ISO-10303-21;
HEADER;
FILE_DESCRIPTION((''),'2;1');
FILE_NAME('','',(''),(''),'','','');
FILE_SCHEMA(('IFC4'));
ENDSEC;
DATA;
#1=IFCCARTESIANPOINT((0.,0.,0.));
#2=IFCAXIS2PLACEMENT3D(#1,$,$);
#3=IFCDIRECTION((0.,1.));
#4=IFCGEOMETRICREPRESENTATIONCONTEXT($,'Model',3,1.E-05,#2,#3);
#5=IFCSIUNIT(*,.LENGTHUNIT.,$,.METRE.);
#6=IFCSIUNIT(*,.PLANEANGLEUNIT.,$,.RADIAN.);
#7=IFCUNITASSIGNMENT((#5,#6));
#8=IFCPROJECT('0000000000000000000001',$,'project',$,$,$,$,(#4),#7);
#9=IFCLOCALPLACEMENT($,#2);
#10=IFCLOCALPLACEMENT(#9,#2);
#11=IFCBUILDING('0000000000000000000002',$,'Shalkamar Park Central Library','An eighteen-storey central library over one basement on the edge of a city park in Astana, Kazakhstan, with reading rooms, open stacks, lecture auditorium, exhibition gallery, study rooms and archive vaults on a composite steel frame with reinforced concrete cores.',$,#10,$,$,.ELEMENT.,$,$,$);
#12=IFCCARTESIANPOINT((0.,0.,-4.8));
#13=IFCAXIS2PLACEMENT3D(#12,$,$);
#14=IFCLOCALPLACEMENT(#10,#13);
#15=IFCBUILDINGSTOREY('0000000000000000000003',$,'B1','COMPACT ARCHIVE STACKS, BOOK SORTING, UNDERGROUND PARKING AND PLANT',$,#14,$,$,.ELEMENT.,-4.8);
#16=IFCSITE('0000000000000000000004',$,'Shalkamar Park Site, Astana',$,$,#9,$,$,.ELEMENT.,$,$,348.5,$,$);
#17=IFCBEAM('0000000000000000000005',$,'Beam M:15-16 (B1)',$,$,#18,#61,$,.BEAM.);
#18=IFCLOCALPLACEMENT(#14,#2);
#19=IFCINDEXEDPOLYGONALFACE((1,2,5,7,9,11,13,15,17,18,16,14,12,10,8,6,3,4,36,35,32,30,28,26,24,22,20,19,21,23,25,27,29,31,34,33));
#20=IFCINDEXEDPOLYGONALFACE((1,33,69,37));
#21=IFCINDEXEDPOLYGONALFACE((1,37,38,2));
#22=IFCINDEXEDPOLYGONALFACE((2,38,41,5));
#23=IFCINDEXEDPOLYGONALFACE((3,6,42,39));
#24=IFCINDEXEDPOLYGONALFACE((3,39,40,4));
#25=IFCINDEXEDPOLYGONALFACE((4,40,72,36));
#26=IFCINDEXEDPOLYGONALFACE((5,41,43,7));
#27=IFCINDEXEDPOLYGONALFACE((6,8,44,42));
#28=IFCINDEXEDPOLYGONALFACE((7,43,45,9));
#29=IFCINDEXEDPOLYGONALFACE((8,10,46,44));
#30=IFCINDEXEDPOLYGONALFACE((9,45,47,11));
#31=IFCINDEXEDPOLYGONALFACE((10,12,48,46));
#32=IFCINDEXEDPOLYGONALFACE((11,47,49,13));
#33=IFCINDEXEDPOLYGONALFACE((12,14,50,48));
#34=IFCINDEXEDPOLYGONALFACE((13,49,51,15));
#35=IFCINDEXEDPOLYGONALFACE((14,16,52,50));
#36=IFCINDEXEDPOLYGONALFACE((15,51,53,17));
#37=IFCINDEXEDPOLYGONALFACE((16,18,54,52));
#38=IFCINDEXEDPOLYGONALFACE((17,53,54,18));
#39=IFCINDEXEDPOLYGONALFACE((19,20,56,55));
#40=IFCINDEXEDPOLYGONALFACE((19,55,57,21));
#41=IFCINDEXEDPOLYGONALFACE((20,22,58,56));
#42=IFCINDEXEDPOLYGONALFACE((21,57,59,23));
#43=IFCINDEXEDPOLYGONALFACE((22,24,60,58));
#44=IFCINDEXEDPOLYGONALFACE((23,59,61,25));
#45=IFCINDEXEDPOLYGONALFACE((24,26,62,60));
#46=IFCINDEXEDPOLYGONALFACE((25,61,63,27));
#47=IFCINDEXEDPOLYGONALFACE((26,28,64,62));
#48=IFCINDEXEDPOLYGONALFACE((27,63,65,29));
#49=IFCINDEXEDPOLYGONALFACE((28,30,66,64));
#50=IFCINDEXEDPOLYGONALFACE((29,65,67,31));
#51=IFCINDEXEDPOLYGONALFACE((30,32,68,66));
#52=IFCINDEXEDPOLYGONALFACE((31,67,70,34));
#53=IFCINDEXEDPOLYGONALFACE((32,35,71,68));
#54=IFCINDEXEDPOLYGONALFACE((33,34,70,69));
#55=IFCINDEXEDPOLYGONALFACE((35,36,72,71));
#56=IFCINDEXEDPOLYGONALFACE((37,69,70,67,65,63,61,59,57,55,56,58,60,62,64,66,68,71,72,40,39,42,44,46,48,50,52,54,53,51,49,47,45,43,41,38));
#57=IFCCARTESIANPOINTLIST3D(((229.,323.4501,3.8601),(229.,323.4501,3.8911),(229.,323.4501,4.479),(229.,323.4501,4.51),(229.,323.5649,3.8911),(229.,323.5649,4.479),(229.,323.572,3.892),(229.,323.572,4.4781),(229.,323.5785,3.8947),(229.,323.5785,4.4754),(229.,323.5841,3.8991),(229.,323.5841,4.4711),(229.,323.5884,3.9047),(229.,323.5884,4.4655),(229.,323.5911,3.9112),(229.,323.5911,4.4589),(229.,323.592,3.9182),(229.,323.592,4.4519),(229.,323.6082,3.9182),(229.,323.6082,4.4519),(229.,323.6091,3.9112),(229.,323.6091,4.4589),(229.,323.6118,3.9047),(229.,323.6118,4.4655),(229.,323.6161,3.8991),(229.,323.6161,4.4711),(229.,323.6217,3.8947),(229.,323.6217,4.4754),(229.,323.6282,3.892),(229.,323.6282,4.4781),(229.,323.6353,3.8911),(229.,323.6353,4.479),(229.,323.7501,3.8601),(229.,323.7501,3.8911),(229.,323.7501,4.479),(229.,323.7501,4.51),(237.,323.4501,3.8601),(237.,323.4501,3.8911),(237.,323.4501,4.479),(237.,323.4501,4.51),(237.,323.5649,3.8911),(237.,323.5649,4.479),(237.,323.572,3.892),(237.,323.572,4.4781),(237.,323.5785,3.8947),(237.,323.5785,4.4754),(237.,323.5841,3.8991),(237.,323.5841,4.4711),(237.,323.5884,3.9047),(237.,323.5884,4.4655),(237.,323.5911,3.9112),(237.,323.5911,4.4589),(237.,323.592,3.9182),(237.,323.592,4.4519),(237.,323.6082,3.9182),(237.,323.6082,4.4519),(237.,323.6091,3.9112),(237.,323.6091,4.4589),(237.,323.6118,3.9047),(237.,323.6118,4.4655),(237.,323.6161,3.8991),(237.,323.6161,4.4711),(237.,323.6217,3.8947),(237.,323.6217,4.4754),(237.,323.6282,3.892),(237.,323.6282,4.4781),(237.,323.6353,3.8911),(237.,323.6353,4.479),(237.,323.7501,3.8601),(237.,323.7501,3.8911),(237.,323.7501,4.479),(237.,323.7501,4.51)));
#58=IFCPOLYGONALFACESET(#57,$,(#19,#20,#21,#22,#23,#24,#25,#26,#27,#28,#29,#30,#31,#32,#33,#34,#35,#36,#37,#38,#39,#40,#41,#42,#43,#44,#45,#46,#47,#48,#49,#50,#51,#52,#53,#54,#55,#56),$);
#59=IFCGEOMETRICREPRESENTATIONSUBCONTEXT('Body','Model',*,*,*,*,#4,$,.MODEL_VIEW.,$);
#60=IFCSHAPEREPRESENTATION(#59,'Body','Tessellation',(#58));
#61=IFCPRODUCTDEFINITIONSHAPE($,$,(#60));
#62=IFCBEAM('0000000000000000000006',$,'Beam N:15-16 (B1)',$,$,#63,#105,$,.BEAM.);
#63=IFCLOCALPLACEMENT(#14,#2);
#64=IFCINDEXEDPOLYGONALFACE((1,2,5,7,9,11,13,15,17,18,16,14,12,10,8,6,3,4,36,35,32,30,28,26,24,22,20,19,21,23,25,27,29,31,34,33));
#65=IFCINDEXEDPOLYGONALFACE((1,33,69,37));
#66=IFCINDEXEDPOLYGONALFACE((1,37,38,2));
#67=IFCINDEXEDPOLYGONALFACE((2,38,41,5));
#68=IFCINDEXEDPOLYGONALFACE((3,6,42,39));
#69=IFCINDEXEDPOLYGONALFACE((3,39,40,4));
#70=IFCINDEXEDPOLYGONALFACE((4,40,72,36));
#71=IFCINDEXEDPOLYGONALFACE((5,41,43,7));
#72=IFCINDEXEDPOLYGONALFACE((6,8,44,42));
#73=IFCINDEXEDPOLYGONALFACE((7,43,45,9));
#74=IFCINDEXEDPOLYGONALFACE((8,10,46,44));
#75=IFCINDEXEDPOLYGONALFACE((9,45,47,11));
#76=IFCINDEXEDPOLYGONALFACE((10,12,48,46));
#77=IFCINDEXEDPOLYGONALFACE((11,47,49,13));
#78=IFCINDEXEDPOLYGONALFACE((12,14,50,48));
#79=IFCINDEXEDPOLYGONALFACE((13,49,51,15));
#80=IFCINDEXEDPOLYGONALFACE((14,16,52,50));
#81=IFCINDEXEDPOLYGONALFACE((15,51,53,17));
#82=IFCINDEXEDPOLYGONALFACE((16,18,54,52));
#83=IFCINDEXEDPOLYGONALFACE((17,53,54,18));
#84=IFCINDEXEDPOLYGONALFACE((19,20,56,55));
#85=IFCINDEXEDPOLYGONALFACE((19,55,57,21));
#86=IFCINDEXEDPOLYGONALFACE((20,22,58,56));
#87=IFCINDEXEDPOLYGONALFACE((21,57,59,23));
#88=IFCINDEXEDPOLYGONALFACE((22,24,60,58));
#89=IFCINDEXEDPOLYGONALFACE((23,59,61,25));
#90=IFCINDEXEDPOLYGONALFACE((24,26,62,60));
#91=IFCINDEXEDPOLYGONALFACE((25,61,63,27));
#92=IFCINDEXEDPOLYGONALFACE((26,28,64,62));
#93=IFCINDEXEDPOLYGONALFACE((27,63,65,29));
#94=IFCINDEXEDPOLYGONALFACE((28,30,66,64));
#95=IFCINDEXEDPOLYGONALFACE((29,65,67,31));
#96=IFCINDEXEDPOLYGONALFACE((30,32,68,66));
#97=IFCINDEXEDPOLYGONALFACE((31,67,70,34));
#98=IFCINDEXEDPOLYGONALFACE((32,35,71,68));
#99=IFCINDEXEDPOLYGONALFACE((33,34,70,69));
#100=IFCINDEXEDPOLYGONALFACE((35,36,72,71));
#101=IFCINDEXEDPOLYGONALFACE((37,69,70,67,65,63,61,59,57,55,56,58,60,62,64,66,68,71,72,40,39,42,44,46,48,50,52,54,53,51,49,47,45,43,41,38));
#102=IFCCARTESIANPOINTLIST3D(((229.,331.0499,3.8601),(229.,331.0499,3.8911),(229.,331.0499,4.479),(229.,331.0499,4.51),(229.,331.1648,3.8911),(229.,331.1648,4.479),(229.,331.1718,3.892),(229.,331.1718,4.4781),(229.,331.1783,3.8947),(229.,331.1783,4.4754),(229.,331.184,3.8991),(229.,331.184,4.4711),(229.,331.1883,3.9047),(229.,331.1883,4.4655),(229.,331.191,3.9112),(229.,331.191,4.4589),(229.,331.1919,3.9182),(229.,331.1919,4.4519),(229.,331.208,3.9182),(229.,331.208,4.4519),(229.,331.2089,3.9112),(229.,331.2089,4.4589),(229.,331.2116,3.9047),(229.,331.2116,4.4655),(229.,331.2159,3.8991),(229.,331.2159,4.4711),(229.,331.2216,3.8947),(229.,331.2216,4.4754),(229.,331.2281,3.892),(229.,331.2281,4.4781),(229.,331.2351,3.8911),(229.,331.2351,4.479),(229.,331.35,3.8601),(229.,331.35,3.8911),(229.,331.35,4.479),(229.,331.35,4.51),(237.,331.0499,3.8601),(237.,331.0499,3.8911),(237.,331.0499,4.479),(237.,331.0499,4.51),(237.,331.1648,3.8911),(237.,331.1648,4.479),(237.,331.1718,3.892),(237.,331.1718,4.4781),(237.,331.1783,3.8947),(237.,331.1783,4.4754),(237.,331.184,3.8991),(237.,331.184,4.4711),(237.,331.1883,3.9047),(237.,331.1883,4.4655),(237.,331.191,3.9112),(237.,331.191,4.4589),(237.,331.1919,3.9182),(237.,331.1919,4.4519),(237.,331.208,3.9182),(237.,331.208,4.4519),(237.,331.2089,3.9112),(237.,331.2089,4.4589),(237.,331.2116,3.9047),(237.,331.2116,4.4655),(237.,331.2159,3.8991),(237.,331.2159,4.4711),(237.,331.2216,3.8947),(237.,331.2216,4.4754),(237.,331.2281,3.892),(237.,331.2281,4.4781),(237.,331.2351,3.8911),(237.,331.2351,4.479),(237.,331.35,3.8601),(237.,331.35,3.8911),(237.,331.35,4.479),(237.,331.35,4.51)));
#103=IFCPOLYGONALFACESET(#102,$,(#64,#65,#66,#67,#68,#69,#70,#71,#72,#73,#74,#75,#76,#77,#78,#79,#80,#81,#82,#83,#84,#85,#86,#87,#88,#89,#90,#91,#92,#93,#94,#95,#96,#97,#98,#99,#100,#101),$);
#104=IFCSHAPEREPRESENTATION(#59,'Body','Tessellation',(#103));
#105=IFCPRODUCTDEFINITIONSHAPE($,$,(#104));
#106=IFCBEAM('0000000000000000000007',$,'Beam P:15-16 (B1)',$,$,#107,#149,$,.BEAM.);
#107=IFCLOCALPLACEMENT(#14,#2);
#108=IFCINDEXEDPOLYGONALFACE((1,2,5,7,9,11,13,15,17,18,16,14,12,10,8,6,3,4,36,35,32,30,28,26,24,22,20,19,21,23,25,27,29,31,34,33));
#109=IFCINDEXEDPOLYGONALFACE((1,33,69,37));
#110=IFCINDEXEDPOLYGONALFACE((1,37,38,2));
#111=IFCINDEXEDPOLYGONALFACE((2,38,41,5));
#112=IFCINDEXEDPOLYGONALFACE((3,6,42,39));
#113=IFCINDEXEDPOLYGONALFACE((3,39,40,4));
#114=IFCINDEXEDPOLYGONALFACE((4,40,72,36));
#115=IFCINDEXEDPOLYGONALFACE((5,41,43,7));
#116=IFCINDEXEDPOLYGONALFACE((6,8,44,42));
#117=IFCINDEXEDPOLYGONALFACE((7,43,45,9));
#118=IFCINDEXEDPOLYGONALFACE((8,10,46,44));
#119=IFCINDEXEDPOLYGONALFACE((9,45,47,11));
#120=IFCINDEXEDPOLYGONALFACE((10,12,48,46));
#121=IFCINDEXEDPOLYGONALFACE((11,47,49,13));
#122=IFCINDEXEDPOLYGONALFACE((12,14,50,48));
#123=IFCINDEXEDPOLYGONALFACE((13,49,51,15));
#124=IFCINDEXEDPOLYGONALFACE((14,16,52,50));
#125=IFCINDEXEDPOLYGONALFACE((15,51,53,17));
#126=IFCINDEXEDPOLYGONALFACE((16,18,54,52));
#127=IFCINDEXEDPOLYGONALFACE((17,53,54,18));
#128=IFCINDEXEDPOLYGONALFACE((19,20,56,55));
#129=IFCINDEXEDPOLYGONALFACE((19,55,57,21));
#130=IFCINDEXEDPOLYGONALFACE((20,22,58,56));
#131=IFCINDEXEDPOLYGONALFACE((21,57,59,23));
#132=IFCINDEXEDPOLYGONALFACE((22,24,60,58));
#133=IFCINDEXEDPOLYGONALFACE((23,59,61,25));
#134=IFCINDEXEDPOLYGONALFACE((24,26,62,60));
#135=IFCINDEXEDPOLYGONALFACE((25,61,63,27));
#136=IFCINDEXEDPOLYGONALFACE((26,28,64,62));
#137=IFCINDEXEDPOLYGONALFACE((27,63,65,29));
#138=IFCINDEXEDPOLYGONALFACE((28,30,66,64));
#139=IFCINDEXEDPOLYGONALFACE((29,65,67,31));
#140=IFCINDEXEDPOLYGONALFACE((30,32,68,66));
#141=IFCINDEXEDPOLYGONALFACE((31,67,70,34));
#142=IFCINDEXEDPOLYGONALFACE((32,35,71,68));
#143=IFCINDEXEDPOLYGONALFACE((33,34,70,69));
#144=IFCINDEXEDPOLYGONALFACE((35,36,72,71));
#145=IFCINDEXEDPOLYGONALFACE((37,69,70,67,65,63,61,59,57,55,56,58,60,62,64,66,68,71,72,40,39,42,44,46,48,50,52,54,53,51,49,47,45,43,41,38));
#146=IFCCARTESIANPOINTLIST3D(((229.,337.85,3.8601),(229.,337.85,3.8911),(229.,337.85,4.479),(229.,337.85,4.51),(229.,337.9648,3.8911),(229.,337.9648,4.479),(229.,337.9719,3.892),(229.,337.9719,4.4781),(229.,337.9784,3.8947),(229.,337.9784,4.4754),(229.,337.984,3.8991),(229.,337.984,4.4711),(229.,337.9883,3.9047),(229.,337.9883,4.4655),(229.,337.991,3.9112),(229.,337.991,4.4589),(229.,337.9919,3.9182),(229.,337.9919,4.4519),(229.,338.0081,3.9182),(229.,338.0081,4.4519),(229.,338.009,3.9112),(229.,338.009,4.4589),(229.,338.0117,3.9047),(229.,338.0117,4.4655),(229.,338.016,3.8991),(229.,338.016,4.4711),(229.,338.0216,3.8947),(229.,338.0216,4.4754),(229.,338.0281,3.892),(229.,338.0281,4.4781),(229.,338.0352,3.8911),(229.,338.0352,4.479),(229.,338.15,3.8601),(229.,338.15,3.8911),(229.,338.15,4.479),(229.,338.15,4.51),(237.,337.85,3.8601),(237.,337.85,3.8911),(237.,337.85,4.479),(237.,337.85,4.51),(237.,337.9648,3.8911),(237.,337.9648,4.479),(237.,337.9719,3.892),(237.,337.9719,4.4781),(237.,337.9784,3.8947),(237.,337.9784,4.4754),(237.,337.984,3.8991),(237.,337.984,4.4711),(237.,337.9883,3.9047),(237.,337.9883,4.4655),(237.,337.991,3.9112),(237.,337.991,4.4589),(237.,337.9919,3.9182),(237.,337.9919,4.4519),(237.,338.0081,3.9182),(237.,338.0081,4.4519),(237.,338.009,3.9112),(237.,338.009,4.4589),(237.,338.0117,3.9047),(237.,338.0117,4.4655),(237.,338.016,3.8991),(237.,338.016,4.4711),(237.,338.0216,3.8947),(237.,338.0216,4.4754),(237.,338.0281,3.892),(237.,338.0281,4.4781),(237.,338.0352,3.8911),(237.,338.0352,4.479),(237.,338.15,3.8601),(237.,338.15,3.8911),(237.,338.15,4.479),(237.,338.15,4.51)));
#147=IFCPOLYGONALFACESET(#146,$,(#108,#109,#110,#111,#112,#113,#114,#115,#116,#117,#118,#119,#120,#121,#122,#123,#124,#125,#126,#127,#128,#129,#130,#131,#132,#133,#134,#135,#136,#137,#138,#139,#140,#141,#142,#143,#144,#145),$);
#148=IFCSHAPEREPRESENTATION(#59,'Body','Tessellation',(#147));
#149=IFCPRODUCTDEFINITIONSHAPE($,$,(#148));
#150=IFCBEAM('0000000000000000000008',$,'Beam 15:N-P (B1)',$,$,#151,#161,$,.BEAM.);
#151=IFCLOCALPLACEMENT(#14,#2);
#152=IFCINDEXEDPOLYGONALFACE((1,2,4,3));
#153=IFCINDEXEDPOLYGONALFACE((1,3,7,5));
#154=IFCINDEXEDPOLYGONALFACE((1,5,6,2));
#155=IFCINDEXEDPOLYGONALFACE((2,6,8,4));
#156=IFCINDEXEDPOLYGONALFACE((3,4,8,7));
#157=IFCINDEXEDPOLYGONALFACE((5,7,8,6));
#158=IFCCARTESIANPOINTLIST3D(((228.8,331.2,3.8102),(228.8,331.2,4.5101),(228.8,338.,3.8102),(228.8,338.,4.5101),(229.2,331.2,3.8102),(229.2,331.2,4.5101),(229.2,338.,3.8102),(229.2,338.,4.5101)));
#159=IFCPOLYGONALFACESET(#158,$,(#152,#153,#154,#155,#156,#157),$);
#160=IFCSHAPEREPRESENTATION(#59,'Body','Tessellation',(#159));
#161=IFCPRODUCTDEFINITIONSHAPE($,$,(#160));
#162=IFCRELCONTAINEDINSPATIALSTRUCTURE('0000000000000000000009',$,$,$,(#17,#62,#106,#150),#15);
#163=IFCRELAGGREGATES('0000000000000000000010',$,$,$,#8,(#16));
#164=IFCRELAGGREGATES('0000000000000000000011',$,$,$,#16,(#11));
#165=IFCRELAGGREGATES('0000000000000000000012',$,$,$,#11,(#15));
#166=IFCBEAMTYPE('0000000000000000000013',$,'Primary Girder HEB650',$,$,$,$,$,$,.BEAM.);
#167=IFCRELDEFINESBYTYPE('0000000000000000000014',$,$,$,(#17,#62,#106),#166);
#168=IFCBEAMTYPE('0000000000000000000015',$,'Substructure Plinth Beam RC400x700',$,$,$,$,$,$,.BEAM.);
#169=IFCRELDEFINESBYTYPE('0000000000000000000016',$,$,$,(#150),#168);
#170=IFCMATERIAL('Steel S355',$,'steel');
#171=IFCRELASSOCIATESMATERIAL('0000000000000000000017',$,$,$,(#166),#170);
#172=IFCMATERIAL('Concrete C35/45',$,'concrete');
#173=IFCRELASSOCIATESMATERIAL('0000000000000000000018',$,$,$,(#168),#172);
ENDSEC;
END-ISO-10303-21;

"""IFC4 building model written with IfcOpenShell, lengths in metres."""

from ifc_helpers import new_model, si_unit, direction, frame, origin, origin_2d, place, context, subcontext, project, spatial, rectangle, i_section, extrude, material, material_profile, profile_set, type_object, element, save


model = new_model("IFC4")

# Units and contexts
model_context = context("Model", 3, precision=1e-05, world=origin(), true_north=direction((0.0, 1.0)))
body_context = subcontext(model_context, "Body", "Model", "MODEL_VIEW")
ifc_project = project(units=[si_unit("LENGTHUNIT", "METRE"), si_unit("PLANEANGLEUNIT", "RADIAN")], contexts=[model_context])

# Site, building, storey
site_placement = place(None, origin())
site = spatial("IfcSite", under=ifc_project, at=site_placement, Name="Shalkamar Park Site, Astana", CompositionType="ELEMENT", RefElevation=348.5)
building_placement = place(site_placement, origin())
building = spatial("IfcBuilding", under=site, at=building_placement, Name="Shalkamar Park Central Library", Description="An eighteen-storey central library over one basement on the edge of a city park in Astana, Kazakhstan, with reading rooms, open stacks, lecture auditorium, exhibition gallery, study rooms and archive vaults on a composite steel frame with reinforced concrete cores.", CompositionType="ELEMENT")
storey_placement = place(building_placement, frame((0.0, 0.0, -4.8)))
storey = spatial("IfcBuildingStorey", under=building, at=storey_placement, Name="B1", Description="COMPACT ARCHIVE STACKS, BOOK SORTING, UNDERGROUND PARKING AND PLANT", CompositionType="ELEMENT", Elevation=-4.8)

# Shared definitions
ifc_material_1 = material(Name="Concrete C35/45", Category="concrete")

# Shared definitions
ifc_material_2 = material(Name="Steel S355", Category="steel")

# Beams
ifc_material_profile_1 = material_profile(ifc_material_2, i_section(OverallWidth=0.3, OverallDepth=0.6499, WebThickness=0.0161, FlangeThickness=0.031, FilletRadius=0.0271, at=origin_2d()), Name="HEB 650")
ifc_profile_set_1 = profile_set([ifc_material_profile_1], Name="Steel S355")
beam_type_1 = type_object("IfcBeamType", Name="Primary Girder HEB650", PredefinedType="BEAM", material=ifc_profile_set_1)
for number, where, z_axis, x_axis, name in (
    (1, (229.0, 323.6001, 4.1851), (1.0, 0.0, 0.0), (0.0, 1.0, 0.0), "Beam M:15-16 (B1)"),
    (2, (229.0, 331.2, 4.1851), (1.0, 0.0, 0.0), (0.0, 1.0, 0.0), "Beam N:15-16 (B1)"),
    (3, (229.0, 338.0, 4.1851), (1.0, 0.0, 0.0), (0.0, 1.0, 0.0), "Beam P:15-16 (B1)"),
):
    element("IfcBeam", number, at=place(storey_placement, frame(where, z_axis=z_axis, x_axis=x_axis)), inside=storey, type_object=beam_type_1, Name=name, PredefinedType="BEAM", context=body_context, shape_type="SweptSolid", body=[
        extrude(i_section(OverallWidth=0.3, OverallDepth=0.6499, WebThickness=0.0161, FlangeThickness=0.031, FilletRadius=0.0271, at=origin_2d()), origin(), (0.0, 0.0, 1.0), 8.0),
    ])
ifc_material_profile_2 = material_profile(ifc_material_1, rectangle(XDim=0.3999, YDim=0.7, at=origin_2d()), Name="RC 400x700")
ifc_profile_set_2 = profile_set([ifc_material_profile_2], Name="Concrete C35/45")
beam_type_2 = type_object("IfcBeamType", Name="Substructure Plinth Beam RC400x700", PredefinedType="BEAM", material=ifc_profile_set_2)
beam_1_placement = place(storey_placement, frame((229.0, 331.2, 4.1602), z_axis=(0.0, 1.0, 0.0), x_axis=(-1.0, 0.0, 0.0)))
element("IfcBeam", 4, at=beam_1_placement, inside=storey, type_object=beam_type_2, Name="Beam 15:N-P (B1)", PredefinedType="BEAM", context=body_context, shape_type="SweptSolid", body=[
    extrude(rectangle(XDim=0.3999, YDim=0.7, at=origin_2d()), origin(), (0.0, 0.0, 1.0), 6.8),
])

save(model, "model.ifc")
